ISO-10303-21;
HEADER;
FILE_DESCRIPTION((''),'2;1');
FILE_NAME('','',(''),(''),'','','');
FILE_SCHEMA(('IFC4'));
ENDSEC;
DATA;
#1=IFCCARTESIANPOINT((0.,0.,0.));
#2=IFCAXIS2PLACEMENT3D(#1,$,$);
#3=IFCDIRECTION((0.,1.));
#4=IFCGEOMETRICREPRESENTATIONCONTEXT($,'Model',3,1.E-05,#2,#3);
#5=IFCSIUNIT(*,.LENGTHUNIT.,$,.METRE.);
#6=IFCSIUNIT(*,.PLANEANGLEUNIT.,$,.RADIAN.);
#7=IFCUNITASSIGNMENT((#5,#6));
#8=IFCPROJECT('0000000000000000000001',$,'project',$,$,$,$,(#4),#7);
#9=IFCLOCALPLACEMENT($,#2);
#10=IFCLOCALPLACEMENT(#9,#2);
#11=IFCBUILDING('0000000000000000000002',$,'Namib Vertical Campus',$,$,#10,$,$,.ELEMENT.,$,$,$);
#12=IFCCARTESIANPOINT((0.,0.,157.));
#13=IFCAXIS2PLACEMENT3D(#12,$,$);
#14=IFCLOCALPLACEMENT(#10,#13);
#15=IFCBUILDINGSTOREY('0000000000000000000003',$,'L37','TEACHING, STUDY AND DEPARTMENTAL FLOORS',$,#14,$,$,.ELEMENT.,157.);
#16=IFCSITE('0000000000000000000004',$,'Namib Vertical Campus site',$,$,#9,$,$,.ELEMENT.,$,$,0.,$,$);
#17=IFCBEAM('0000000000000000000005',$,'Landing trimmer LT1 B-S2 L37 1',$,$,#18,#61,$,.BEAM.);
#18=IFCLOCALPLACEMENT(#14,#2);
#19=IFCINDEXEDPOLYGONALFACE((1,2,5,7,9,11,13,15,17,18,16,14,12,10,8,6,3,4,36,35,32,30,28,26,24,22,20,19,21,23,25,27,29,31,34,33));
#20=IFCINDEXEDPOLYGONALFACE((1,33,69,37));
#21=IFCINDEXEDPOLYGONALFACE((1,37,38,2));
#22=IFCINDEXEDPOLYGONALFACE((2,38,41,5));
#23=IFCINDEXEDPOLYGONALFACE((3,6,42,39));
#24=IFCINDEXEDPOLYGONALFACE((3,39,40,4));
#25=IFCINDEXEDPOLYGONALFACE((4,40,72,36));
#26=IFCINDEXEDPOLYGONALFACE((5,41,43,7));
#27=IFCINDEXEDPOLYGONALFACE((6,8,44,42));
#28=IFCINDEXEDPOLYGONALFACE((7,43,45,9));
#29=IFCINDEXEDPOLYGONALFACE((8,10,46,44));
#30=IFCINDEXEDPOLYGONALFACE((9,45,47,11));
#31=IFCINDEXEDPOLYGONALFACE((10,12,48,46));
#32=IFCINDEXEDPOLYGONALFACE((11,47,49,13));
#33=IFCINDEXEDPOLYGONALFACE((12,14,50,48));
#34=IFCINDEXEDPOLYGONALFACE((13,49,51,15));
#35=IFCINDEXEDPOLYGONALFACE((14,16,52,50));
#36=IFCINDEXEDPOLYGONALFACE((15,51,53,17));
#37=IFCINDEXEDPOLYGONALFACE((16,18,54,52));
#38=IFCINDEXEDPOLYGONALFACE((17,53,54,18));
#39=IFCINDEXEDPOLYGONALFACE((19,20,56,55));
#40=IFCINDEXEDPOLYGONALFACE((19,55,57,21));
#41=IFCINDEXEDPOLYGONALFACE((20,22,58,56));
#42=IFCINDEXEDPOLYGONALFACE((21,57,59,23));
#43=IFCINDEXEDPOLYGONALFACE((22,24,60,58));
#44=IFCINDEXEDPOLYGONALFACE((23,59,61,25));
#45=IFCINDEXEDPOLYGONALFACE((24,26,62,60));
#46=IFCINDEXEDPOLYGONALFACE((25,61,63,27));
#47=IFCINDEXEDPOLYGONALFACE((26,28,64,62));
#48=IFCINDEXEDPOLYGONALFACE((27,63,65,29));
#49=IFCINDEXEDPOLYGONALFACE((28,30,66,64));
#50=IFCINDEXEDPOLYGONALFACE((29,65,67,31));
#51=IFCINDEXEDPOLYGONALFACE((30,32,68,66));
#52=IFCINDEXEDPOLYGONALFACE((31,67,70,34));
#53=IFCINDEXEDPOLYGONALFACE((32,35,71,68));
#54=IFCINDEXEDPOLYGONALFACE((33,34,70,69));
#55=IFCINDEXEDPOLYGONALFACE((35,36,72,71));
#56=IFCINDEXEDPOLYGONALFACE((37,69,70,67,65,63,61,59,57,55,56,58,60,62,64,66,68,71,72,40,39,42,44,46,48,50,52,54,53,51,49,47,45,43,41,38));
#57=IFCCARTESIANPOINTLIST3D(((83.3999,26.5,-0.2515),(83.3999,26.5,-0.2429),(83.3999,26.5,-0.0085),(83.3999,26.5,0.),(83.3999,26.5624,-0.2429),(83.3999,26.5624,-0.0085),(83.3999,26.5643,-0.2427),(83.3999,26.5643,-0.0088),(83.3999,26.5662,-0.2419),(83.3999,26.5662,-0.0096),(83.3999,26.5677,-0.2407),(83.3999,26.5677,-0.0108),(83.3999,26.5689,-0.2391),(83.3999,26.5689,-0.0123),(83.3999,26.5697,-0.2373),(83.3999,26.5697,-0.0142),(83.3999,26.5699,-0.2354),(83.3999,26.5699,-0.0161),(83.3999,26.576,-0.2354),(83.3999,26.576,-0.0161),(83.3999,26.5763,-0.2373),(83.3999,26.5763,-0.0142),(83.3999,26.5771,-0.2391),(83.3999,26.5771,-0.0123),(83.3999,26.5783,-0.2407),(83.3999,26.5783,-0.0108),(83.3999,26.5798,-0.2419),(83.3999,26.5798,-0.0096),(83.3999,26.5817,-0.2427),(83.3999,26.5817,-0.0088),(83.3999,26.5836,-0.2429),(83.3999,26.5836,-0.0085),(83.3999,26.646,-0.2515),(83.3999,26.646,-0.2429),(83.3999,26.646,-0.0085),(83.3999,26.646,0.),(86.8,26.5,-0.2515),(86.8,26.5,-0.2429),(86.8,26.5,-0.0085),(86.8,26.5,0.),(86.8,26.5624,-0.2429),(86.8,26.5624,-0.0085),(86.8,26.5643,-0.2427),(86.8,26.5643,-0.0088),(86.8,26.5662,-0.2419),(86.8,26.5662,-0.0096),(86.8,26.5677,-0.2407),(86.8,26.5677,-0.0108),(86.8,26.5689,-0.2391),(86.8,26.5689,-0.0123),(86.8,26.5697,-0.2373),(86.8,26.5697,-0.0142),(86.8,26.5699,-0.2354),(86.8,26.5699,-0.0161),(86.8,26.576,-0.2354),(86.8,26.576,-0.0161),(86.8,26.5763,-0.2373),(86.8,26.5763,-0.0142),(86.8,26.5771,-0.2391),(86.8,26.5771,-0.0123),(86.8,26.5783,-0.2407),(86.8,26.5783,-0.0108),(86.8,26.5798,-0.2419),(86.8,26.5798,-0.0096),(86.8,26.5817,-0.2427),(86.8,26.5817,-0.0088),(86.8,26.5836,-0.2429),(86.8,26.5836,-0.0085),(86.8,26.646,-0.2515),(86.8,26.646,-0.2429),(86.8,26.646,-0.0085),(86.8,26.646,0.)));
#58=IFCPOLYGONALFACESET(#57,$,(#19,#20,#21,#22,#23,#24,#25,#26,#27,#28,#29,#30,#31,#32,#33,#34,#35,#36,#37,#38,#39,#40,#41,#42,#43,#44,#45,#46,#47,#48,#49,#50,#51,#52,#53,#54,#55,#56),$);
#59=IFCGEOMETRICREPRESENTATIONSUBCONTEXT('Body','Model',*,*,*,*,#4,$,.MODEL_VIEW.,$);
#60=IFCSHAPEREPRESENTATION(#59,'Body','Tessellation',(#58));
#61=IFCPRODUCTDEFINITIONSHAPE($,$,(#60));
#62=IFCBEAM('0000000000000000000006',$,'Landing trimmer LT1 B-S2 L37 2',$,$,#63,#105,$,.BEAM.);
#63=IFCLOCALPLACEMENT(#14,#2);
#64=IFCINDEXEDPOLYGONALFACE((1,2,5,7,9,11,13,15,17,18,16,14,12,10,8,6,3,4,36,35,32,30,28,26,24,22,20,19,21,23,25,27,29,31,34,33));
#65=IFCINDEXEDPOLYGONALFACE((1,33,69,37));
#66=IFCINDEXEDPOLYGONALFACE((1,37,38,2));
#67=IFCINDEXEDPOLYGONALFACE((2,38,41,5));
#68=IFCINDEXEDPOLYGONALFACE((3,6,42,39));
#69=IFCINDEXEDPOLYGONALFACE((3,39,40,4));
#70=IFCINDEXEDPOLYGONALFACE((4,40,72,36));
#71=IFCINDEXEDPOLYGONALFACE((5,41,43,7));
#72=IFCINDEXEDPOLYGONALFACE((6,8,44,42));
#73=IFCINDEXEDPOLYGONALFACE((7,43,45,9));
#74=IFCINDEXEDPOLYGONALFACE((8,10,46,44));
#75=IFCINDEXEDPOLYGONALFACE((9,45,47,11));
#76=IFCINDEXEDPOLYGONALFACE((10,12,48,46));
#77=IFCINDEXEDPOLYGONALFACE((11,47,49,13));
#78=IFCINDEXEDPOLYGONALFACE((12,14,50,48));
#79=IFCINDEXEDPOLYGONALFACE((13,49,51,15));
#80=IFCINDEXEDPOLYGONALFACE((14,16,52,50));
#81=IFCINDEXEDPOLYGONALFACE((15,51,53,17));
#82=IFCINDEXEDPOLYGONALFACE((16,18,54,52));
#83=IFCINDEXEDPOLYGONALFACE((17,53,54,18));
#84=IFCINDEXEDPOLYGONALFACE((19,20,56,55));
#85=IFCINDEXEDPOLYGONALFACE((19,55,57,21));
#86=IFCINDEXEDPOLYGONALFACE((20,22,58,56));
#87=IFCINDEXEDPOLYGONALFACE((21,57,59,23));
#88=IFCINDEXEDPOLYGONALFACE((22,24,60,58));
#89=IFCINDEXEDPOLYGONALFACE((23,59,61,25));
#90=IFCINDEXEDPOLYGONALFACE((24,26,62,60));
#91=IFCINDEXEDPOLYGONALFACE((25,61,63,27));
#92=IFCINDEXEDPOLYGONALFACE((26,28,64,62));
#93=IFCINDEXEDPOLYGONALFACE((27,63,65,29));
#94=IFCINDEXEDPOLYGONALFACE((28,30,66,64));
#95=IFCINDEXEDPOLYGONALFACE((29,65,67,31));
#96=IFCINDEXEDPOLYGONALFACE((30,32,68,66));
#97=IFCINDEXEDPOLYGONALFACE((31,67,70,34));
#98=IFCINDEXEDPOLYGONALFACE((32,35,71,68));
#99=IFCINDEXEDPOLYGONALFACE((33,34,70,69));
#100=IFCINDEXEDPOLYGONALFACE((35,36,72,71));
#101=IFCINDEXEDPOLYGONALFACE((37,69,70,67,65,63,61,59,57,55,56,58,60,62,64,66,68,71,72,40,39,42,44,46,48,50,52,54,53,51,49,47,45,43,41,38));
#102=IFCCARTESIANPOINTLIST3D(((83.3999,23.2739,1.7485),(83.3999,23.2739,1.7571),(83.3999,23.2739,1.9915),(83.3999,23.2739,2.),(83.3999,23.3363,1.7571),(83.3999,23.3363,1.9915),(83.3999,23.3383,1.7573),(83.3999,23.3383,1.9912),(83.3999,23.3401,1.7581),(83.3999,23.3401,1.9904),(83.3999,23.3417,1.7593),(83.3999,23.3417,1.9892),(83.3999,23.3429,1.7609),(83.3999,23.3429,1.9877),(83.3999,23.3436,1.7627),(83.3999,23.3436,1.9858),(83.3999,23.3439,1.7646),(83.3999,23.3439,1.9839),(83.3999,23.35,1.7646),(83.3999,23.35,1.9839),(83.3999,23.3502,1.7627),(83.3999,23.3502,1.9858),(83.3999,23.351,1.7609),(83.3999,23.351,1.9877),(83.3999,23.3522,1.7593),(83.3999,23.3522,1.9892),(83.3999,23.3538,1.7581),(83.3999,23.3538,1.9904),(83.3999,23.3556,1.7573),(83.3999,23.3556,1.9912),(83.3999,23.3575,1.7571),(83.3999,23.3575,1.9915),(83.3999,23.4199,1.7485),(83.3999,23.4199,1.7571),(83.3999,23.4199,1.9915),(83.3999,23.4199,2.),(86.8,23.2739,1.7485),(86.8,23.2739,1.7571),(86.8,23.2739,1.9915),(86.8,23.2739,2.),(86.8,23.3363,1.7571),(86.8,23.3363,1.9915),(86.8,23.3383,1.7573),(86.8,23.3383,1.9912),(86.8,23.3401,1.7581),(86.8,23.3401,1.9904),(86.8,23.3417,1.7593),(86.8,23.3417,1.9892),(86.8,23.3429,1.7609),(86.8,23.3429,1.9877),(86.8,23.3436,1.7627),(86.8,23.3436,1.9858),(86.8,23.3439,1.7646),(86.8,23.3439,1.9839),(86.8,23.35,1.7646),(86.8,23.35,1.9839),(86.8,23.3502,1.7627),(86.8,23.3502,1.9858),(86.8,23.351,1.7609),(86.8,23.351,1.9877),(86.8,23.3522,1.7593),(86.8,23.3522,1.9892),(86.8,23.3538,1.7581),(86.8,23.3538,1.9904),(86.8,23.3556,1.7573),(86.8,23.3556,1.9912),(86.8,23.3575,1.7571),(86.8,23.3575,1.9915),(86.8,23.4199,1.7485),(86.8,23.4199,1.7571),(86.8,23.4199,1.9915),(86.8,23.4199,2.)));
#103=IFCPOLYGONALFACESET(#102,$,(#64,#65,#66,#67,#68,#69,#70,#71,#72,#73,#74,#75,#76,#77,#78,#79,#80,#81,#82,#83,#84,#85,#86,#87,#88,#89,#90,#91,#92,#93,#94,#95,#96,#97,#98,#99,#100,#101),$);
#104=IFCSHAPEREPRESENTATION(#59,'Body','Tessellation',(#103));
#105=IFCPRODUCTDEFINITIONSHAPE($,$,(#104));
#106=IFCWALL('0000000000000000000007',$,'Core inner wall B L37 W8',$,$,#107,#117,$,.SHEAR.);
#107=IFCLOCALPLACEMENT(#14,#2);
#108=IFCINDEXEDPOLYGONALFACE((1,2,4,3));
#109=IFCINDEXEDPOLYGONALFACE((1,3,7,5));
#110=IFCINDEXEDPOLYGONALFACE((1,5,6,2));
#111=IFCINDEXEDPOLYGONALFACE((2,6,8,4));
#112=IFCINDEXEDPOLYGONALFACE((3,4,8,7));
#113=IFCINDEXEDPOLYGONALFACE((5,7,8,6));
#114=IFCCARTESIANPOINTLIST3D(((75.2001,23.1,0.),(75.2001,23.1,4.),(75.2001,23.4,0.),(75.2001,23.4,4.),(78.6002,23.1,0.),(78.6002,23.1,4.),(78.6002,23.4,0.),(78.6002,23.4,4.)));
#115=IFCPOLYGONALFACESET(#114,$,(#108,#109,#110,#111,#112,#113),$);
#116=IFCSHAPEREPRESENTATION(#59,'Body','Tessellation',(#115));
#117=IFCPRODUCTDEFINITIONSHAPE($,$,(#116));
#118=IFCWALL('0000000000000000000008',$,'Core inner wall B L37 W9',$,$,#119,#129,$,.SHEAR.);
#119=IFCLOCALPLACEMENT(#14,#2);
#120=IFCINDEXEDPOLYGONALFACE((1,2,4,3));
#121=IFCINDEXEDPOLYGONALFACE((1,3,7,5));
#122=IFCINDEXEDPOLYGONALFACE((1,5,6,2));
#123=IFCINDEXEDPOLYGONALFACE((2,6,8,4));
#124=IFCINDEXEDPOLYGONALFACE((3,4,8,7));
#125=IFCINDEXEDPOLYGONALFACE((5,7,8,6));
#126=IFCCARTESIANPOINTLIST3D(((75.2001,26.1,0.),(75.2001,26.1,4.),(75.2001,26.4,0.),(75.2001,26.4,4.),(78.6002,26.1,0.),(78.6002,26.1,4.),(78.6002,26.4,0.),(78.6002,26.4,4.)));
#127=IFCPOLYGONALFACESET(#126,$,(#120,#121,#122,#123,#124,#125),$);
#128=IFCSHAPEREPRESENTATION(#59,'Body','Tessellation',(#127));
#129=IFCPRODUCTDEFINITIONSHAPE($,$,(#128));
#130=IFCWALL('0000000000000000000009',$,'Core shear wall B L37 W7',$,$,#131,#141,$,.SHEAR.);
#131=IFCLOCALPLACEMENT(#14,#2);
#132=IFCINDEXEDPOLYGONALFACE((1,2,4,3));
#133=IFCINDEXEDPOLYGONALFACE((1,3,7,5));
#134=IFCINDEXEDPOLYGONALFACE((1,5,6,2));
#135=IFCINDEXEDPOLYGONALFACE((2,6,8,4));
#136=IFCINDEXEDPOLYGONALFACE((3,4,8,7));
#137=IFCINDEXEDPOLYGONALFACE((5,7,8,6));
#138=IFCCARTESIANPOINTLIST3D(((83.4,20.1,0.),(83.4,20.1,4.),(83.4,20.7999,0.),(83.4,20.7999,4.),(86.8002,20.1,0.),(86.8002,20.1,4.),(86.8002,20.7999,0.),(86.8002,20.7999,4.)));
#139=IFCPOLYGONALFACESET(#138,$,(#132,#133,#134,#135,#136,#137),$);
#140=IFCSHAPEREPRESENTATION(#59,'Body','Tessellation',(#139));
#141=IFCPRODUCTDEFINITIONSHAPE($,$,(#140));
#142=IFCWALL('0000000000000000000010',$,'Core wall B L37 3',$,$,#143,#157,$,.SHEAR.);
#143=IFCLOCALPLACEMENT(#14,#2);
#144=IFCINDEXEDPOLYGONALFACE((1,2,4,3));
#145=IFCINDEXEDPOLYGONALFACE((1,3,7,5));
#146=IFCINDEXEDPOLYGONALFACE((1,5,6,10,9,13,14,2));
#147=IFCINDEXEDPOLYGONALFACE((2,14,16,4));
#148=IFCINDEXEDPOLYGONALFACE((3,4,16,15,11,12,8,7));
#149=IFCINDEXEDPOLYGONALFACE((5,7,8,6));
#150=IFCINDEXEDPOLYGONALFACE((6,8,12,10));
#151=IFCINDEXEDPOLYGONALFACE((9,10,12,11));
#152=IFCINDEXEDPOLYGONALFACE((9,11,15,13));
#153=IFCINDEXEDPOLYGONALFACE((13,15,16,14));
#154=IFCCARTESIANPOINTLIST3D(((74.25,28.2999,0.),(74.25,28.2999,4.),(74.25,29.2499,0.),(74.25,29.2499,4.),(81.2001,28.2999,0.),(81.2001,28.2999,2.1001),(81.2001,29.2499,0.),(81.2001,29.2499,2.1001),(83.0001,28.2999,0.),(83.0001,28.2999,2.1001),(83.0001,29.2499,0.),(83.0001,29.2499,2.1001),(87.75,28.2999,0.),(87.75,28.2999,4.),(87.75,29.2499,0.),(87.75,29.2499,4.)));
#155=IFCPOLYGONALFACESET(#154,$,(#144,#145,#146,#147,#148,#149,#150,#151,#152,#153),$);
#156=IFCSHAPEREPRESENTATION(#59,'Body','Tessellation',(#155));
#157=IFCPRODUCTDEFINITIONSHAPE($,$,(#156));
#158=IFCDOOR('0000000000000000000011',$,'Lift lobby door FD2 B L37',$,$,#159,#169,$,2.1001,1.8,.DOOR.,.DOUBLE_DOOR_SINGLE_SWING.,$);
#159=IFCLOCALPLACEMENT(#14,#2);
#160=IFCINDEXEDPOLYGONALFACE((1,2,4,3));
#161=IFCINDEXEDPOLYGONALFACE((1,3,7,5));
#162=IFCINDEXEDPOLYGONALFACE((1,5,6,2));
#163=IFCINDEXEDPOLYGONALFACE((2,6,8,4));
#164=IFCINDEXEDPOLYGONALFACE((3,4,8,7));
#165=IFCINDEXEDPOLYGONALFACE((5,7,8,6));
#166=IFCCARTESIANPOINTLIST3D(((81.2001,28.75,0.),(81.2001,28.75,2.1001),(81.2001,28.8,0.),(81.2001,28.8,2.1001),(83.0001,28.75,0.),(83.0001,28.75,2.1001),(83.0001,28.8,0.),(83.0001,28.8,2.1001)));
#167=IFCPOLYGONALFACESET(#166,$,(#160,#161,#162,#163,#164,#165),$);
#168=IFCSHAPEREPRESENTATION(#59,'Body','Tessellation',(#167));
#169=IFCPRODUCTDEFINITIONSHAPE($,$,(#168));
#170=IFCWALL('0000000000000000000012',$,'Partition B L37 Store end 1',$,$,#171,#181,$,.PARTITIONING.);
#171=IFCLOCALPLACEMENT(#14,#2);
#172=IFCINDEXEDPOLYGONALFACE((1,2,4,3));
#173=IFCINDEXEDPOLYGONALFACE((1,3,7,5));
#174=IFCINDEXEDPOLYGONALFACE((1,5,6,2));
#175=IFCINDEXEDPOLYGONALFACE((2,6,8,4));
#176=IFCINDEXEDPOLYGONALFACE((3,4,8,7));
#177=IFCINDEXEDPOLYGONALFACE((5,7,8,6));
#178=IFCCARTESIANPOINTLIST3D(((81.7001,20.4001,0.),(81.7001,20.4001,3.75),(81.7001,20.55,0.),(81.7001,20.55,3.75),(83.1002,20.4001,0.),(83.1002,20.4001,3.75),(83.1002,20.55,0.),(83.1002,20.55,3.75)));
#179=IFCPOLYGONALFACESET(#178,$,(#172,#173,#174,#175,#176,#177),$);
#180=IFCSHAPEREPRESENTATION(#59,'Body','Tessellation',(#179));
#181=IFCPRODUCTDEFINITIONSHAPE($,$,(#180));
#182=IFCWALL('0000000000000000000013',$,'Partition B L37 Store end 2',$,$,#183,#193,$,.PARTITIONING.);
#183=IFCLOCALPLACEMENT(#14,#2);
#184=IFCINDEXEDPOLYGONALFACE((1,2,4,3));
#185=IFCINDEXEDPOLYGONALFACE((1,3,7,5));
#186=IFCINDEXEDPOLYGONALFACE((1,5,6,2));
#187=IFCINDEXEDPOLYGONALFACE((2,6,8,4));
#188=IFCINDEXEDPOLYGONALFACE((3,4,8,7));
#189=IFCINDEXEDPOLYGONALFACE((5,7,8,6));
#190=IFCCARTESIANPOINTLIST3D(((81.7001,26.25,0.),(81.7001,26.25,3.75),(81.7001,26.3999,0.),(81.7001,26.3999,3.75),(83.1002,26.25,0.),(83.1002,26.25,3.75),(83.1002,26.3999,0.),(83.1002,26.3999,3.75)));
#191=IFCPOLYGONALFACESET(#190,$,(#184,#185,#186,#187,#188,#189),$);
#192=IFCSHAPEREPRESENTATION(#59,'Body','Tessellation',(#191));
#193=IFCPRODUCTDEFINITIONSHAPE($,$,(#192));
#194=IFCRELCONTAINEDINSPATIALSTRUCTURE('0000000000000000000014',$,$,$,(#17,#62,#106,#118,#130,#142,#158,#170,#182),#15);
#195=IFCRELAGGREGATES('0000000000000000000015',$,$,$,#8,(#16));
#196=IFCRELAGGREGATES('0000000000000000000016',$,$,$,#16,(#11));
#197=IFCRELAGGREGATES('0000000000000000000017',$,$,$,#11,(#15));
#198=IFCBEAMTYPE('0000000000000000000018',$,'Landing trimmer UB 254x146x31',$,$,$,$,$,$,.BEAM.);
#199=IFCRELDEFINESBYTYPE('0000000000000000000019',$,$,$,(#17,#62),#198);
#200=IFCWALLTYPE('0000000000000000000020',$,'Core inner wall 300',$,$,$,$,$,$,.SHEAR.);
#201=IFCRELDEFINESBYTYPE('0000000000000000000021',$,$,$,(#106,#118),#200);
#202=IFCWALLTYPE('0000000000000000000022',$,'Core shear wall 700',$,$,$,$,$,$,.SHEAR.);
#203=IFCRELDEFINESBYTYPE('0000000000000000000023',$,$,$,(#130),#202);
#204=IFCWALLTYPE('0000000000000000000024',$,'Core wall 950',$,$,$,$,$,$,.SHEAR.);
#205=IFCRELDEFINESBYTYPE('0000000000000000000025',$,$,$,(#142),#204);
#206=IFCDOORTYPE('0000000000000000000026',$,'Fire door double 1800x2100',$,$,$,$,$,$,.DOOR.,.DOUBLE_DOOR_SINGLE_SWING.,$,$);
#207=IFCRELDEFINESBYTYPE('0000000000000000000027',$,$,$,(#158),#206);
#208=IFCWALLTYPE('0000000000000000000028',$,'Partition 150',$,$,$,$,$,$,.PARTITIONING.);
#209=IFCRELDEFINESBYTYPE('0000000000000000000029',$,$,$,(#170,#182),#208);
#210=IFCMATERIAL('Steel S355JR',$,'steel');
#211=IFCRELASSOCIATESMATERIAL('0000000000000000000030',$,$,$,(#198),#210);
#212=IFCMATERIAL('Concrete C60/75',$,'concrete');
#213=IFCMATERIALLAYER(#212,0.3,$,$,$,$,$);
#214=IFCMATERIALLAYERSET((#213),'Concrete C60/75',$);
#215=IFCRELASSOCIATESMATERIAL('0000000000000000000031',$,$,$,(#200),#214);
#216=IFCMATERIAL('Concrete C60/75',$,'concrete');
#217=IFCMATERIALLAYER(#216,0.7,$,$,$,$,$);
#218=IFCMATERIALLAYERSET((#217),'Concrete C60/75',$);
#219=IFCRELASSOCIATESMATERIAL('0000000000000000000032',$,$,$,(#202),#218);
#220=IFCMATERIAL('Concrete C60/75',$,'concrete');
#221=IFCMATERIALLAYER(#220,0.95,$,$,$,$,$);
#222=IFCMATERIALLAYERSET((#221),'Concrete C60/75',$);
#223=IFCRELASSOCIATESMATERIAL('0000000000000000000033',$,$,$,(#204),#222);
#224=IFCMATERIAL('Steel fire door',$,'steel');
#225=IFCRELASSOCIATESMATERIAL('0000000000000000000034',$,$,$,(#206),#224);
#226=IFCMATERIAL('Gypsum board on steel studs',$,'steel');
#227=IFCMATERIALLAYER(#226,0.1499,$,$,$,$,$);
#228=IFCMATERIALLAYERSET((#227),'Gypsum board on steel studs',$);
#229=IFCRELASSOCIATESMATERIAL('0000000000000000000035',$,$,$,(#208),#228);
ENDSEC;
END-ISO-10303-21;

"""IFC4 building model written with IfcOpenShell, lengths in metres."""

from ifc_helpers import new_model, si_unit, direction, frame, frame_2d, origin, origin_2d, place, context, subcontext, project, spatial, rectangle, i_section, extrude, material, layer, layer_set, material_profile, profile_set, type_object, element, fill, save


model = new_model("IFC4")

# Units and contexts
model_context = context("Model", 3, precision=1e-05, world=origin(), true_north=direction((0.0, 1.0)))
body_context = subcontext(model_context, "Body", "Model", "MODEL_VIEW")
ifc_project = project(units=[si_unit("LENGTHUNIT", "METRE"), si_unit("PLANEANGLEUNIT", "RADIAN")], contexts=[model_context])

# Site, building, storey
site_placement = place(None, origin())
site = spatial("IfcSite", under=ifc_project, at=site_placement, Name="Namib Vertical Campus site", CompositionType="ELEMENT", RefElevation=0.0)
building_placement = place(site_placement, origin())
building = spatial("IfcBuilding", under=site, at=building_placement, Name="Namib Vertical Campus", CompositionType="ELEMENT")
storey_placement = place(building_placement, frame((0.0, 0.0, 157.0)))
storey = spatial("IfcBuildingStorey", under=building, at=storey_placement, Name="L37", Description="TEACHING, STUDY AND DEPARTMENTAL FLOORS", CompositionType="ELEMENT", Elevation=157.0)

# Beams
ifc_material_1 = material(Name="Steel S355JR", Category="steel")
ifc_material_profile = material_profile(ifc_material_1, i_section(OverallWidth=0.146, OverallDepth=0.2515, WebThickness=0.0061, FlangeThickness=0.0085, FilletRadius=0.0076, at=origin_2d()))
ifc_profile_set = profile_set([ifc_material_profile], Name="Steel S355JR")
beam_type = type_object("IfcBeamType", Name="Landing trimmer UB 254x146x31", PredefinedType="BEAM", material=ifc_profile_set)
for number, where, z_axis, x_axis, name in (
    (1, (83.3999, 26.573, -0.1257), (1.0, 0.0, 0.0), (0.0, 1.0, 0.0), "Landing trimmer LT1 B-S2 L37 1"),
    (2, (83.3999, 23.3469, 1.8743), (1.0, 0.0, 0.0), (0.0, 1.0, 0.0), "Landing trimmer LT1 B-S2 L37 2"),
):
    element("IfcBeam", number, at=place(storey_placement, frame(where, z_axis=z_axis, x_axis=x_axis)), inside=storey, type_object=beam_type, Name=name, PredefinedType="BEAM", context=body_context, shape_type="SweptSolid", body=[
        extrude(i_section(OverallWidth=0.146, OverallDepth=0.2515, WebThickness=0.0061, FlangeThickness=0.0085, FilletRadius=0.0076, at=origin_2d()), origin(), (0.0, 0.0, 1.0), 3.4001),
    ])

# Walls
ifc_material_2 = material(Name="Concrete C60/75", Category="concrete")
ifc_layer_1 = layer(ifc_material_2, 0.3)
ifc_layer_set_1 = layer_set([ifc_layer_1], Name="Concrete C60/75")
wall_type_1 = type_object("IfcWallType", Name="Core inner wall 300", PredefinedType="SHEAR", material=ifc_layer_set_1)
for number, where, z_axis, x_axis, name in (
    (3, (75.2, 23.25, 0.0), (0.0, 0.0, 1.0), (1.0, 0.0, 0.0), "Core inner wall B L37 W8"),
    (4, (75.2, 26.25, 0.0), (0.0, 0.0, 1.0), (1.0, 0.0, 0.0), "Core inner wall B L37 W9"),
):
    element("IfcWall", number, at=place(storey_placement, frame(where, z_axis=z_axis, x_axis=x_axis)), inside=storey, type_object=wall_type_1, Name=name, PredefinedType="SHEAR", context=body_context, shape_type="SweptSolid", body=[
        extrude(rectangle(XDim=3.4001, YDim=0.3, at=frame_2d((1.7002, 0.0))), origin(), (0.0, 0.0, 1.0), 4.0),
    ])
ifc_material_3 = material(Name="Concrete C60/75", Category="concrete")
ifc_layer_2 = layer(ifc_material_3, 0.7)
ifc_layer_set_2 = layer_set([ifc_layer_2], Name="Concrete C60/75")
wall_type_2 = type_object("IfcWallType", Name="Core shear wall 700", PredefinedType="SHEAR", material=ifc_layer_set_2)
wall_1_placement = place(storey_placement, frame((83.3999, 20.45, 0.0), z_axis=(0.0, 0.0, 1.0), x_axis=(1.0, 0.0, 0.0)))
element("IfcWall", 5, at=wall_1_placement, inside=storey, type_object=wall_type_2, Name="Core shear wall B L37 W7", PredefinedType="SHEAR", context=body_context, shape_type="SweptSolid", body=[
    extrude(rectangle(XDim=3.4001, YDim=0.7, at=frame_2d((1.7002, 0.0))), origin(), (0.0, 0.0, 1.0), 4.0),
])

# Wall, opening, door
ifc_material_4 = material(Name="Concrete C60/75", Category="concrete")
ifc_layer_3 = layer(ifc_material_4, 0.95)
ifc_layer_set_3 = layer_set([ifc_layer_3], Name="Concrete C60/75")
wall_type_3 = type_object("IfcWallType", Name="Core wall 950", PredefinedType="SHEAR", material=ifc_layer_set_3)
wall_2_placement = place(storey_placement, frame((87.75, 28.7749, 0.0), z_axis=(0.0, 0.0, 1.0), x_axis=(-1.0, 0.0, 0.0)))
wall_2 = element("IfcWall", 6, at=wall_2_placement, inside=storey, type_object=wall_type_3, Name="Core wall B L37 3", PredefinedType="SHEAR", context=body_context, shape_type="SweptSolid", body=[
    extrude(rectangle(XDim=13.5, YDim=0.95, at=frame_2d((6.75, 0.0))), origin(), (0.0, 0.0, 1.0), 4.0),
])
opening_1_placement = place(wall_2_placement, frame((4.75, 0.0, 0.0)))
opening_1 = element("IfcOpeningElement", 7, at=opening_1_placement, cuts=wall_2, PredefinedType="OPENING", context=body_context, shape_type="SweptSolid", body=[
    extrude(rectangle(XDim=1.8, YDim=2.1001, at=frame_2d((0.8999, 1.05))), frame((0.0, 0.4849, 0.0), z_axis=(0.0, -1.0, 0.0), x_axis=(1.0, 0.0, 0.0)), (0.0, 0.0, 1.0), 0.97),
])
ifc_material_5 = material(Name="Steel fire door", Category="steel")
door_type_1 = type_object("IfcDoorType", Name="Fire door double 1800x2100", OperationType="DOUBLE_DOOR_SINGLE_SWING", PredefinedType="DOOR", material=ifc_material_5)
door_1_placement = place(opening_1_placement, origin())
door_1 = element("IfcDoor", 8, at=door_1_placement, inside=storey, type_object=door_type_1, Name="Lift lobby door FD2 B L37", OperationType="DOUBLE_DOOR_SINGLE_SWING", OverallHeight=2.1001, OverallWidth=1.8, PredefinedType="DOOR", context=body_context, shape_type="SweptSolid", body=[
    extrude(rectangle(XDim=1.8, YDim=2.1001, at=frame_2d((0.8999, 1.05))), frame((0.0, 0.0249, 0.0), z_axis=(0.0, -1.0, 0.0), x_axis=(1.0, 0.0, 0.0)), (0.0, 0.0, 1.0), 0.05),
])
fill(opening_1, door_1)

# Walls
ifc_material_6 = material(Name="Gypsum board on steel studs", Category="steel")
ifc_layer_4 = layer(ifc_material_6, 0.1499)
ifc_layer_set_4 = layer_set([ifc_layer_4], Name="Gypsum board on steel studs")
wall_type_4 = type_object("IfcWallType", Name="Partition 150", PredefinedType="PARTITIONING", material=ifc_layer_set_4)
for number, where, z_axis, x_axis, name in (
    (9, (81.7, 20.4751, 0.0), (0.0, 0.0, 1.0), (1.0, 0.0, 0.0), "Partition B L37 Store end 1"),
    (10, (81.7, 26.325, 0.0), (0.0, 0.0, 1.0), (1.0, 0.0, 0.0), "Partition B L37 Store end 2"),
):
    element("IfcWall", number, at=place(storey_placement, frame(where, z_axis=z_axis, x_axis=x_axis)), inside=storey, type_object=wall_type_4, Name=name, PredefinedType="PARTITIONING", context=body_context, shape_type="SweptSolid", body=[
        extrude(rectangle(XDim=1.4001, YDim=0.1499, at=frame_2d((0.7002, 0.0))), origin(), (0.0, 0.0, 1.0), 3.75),
    ])

save(model, "model.ifc")
